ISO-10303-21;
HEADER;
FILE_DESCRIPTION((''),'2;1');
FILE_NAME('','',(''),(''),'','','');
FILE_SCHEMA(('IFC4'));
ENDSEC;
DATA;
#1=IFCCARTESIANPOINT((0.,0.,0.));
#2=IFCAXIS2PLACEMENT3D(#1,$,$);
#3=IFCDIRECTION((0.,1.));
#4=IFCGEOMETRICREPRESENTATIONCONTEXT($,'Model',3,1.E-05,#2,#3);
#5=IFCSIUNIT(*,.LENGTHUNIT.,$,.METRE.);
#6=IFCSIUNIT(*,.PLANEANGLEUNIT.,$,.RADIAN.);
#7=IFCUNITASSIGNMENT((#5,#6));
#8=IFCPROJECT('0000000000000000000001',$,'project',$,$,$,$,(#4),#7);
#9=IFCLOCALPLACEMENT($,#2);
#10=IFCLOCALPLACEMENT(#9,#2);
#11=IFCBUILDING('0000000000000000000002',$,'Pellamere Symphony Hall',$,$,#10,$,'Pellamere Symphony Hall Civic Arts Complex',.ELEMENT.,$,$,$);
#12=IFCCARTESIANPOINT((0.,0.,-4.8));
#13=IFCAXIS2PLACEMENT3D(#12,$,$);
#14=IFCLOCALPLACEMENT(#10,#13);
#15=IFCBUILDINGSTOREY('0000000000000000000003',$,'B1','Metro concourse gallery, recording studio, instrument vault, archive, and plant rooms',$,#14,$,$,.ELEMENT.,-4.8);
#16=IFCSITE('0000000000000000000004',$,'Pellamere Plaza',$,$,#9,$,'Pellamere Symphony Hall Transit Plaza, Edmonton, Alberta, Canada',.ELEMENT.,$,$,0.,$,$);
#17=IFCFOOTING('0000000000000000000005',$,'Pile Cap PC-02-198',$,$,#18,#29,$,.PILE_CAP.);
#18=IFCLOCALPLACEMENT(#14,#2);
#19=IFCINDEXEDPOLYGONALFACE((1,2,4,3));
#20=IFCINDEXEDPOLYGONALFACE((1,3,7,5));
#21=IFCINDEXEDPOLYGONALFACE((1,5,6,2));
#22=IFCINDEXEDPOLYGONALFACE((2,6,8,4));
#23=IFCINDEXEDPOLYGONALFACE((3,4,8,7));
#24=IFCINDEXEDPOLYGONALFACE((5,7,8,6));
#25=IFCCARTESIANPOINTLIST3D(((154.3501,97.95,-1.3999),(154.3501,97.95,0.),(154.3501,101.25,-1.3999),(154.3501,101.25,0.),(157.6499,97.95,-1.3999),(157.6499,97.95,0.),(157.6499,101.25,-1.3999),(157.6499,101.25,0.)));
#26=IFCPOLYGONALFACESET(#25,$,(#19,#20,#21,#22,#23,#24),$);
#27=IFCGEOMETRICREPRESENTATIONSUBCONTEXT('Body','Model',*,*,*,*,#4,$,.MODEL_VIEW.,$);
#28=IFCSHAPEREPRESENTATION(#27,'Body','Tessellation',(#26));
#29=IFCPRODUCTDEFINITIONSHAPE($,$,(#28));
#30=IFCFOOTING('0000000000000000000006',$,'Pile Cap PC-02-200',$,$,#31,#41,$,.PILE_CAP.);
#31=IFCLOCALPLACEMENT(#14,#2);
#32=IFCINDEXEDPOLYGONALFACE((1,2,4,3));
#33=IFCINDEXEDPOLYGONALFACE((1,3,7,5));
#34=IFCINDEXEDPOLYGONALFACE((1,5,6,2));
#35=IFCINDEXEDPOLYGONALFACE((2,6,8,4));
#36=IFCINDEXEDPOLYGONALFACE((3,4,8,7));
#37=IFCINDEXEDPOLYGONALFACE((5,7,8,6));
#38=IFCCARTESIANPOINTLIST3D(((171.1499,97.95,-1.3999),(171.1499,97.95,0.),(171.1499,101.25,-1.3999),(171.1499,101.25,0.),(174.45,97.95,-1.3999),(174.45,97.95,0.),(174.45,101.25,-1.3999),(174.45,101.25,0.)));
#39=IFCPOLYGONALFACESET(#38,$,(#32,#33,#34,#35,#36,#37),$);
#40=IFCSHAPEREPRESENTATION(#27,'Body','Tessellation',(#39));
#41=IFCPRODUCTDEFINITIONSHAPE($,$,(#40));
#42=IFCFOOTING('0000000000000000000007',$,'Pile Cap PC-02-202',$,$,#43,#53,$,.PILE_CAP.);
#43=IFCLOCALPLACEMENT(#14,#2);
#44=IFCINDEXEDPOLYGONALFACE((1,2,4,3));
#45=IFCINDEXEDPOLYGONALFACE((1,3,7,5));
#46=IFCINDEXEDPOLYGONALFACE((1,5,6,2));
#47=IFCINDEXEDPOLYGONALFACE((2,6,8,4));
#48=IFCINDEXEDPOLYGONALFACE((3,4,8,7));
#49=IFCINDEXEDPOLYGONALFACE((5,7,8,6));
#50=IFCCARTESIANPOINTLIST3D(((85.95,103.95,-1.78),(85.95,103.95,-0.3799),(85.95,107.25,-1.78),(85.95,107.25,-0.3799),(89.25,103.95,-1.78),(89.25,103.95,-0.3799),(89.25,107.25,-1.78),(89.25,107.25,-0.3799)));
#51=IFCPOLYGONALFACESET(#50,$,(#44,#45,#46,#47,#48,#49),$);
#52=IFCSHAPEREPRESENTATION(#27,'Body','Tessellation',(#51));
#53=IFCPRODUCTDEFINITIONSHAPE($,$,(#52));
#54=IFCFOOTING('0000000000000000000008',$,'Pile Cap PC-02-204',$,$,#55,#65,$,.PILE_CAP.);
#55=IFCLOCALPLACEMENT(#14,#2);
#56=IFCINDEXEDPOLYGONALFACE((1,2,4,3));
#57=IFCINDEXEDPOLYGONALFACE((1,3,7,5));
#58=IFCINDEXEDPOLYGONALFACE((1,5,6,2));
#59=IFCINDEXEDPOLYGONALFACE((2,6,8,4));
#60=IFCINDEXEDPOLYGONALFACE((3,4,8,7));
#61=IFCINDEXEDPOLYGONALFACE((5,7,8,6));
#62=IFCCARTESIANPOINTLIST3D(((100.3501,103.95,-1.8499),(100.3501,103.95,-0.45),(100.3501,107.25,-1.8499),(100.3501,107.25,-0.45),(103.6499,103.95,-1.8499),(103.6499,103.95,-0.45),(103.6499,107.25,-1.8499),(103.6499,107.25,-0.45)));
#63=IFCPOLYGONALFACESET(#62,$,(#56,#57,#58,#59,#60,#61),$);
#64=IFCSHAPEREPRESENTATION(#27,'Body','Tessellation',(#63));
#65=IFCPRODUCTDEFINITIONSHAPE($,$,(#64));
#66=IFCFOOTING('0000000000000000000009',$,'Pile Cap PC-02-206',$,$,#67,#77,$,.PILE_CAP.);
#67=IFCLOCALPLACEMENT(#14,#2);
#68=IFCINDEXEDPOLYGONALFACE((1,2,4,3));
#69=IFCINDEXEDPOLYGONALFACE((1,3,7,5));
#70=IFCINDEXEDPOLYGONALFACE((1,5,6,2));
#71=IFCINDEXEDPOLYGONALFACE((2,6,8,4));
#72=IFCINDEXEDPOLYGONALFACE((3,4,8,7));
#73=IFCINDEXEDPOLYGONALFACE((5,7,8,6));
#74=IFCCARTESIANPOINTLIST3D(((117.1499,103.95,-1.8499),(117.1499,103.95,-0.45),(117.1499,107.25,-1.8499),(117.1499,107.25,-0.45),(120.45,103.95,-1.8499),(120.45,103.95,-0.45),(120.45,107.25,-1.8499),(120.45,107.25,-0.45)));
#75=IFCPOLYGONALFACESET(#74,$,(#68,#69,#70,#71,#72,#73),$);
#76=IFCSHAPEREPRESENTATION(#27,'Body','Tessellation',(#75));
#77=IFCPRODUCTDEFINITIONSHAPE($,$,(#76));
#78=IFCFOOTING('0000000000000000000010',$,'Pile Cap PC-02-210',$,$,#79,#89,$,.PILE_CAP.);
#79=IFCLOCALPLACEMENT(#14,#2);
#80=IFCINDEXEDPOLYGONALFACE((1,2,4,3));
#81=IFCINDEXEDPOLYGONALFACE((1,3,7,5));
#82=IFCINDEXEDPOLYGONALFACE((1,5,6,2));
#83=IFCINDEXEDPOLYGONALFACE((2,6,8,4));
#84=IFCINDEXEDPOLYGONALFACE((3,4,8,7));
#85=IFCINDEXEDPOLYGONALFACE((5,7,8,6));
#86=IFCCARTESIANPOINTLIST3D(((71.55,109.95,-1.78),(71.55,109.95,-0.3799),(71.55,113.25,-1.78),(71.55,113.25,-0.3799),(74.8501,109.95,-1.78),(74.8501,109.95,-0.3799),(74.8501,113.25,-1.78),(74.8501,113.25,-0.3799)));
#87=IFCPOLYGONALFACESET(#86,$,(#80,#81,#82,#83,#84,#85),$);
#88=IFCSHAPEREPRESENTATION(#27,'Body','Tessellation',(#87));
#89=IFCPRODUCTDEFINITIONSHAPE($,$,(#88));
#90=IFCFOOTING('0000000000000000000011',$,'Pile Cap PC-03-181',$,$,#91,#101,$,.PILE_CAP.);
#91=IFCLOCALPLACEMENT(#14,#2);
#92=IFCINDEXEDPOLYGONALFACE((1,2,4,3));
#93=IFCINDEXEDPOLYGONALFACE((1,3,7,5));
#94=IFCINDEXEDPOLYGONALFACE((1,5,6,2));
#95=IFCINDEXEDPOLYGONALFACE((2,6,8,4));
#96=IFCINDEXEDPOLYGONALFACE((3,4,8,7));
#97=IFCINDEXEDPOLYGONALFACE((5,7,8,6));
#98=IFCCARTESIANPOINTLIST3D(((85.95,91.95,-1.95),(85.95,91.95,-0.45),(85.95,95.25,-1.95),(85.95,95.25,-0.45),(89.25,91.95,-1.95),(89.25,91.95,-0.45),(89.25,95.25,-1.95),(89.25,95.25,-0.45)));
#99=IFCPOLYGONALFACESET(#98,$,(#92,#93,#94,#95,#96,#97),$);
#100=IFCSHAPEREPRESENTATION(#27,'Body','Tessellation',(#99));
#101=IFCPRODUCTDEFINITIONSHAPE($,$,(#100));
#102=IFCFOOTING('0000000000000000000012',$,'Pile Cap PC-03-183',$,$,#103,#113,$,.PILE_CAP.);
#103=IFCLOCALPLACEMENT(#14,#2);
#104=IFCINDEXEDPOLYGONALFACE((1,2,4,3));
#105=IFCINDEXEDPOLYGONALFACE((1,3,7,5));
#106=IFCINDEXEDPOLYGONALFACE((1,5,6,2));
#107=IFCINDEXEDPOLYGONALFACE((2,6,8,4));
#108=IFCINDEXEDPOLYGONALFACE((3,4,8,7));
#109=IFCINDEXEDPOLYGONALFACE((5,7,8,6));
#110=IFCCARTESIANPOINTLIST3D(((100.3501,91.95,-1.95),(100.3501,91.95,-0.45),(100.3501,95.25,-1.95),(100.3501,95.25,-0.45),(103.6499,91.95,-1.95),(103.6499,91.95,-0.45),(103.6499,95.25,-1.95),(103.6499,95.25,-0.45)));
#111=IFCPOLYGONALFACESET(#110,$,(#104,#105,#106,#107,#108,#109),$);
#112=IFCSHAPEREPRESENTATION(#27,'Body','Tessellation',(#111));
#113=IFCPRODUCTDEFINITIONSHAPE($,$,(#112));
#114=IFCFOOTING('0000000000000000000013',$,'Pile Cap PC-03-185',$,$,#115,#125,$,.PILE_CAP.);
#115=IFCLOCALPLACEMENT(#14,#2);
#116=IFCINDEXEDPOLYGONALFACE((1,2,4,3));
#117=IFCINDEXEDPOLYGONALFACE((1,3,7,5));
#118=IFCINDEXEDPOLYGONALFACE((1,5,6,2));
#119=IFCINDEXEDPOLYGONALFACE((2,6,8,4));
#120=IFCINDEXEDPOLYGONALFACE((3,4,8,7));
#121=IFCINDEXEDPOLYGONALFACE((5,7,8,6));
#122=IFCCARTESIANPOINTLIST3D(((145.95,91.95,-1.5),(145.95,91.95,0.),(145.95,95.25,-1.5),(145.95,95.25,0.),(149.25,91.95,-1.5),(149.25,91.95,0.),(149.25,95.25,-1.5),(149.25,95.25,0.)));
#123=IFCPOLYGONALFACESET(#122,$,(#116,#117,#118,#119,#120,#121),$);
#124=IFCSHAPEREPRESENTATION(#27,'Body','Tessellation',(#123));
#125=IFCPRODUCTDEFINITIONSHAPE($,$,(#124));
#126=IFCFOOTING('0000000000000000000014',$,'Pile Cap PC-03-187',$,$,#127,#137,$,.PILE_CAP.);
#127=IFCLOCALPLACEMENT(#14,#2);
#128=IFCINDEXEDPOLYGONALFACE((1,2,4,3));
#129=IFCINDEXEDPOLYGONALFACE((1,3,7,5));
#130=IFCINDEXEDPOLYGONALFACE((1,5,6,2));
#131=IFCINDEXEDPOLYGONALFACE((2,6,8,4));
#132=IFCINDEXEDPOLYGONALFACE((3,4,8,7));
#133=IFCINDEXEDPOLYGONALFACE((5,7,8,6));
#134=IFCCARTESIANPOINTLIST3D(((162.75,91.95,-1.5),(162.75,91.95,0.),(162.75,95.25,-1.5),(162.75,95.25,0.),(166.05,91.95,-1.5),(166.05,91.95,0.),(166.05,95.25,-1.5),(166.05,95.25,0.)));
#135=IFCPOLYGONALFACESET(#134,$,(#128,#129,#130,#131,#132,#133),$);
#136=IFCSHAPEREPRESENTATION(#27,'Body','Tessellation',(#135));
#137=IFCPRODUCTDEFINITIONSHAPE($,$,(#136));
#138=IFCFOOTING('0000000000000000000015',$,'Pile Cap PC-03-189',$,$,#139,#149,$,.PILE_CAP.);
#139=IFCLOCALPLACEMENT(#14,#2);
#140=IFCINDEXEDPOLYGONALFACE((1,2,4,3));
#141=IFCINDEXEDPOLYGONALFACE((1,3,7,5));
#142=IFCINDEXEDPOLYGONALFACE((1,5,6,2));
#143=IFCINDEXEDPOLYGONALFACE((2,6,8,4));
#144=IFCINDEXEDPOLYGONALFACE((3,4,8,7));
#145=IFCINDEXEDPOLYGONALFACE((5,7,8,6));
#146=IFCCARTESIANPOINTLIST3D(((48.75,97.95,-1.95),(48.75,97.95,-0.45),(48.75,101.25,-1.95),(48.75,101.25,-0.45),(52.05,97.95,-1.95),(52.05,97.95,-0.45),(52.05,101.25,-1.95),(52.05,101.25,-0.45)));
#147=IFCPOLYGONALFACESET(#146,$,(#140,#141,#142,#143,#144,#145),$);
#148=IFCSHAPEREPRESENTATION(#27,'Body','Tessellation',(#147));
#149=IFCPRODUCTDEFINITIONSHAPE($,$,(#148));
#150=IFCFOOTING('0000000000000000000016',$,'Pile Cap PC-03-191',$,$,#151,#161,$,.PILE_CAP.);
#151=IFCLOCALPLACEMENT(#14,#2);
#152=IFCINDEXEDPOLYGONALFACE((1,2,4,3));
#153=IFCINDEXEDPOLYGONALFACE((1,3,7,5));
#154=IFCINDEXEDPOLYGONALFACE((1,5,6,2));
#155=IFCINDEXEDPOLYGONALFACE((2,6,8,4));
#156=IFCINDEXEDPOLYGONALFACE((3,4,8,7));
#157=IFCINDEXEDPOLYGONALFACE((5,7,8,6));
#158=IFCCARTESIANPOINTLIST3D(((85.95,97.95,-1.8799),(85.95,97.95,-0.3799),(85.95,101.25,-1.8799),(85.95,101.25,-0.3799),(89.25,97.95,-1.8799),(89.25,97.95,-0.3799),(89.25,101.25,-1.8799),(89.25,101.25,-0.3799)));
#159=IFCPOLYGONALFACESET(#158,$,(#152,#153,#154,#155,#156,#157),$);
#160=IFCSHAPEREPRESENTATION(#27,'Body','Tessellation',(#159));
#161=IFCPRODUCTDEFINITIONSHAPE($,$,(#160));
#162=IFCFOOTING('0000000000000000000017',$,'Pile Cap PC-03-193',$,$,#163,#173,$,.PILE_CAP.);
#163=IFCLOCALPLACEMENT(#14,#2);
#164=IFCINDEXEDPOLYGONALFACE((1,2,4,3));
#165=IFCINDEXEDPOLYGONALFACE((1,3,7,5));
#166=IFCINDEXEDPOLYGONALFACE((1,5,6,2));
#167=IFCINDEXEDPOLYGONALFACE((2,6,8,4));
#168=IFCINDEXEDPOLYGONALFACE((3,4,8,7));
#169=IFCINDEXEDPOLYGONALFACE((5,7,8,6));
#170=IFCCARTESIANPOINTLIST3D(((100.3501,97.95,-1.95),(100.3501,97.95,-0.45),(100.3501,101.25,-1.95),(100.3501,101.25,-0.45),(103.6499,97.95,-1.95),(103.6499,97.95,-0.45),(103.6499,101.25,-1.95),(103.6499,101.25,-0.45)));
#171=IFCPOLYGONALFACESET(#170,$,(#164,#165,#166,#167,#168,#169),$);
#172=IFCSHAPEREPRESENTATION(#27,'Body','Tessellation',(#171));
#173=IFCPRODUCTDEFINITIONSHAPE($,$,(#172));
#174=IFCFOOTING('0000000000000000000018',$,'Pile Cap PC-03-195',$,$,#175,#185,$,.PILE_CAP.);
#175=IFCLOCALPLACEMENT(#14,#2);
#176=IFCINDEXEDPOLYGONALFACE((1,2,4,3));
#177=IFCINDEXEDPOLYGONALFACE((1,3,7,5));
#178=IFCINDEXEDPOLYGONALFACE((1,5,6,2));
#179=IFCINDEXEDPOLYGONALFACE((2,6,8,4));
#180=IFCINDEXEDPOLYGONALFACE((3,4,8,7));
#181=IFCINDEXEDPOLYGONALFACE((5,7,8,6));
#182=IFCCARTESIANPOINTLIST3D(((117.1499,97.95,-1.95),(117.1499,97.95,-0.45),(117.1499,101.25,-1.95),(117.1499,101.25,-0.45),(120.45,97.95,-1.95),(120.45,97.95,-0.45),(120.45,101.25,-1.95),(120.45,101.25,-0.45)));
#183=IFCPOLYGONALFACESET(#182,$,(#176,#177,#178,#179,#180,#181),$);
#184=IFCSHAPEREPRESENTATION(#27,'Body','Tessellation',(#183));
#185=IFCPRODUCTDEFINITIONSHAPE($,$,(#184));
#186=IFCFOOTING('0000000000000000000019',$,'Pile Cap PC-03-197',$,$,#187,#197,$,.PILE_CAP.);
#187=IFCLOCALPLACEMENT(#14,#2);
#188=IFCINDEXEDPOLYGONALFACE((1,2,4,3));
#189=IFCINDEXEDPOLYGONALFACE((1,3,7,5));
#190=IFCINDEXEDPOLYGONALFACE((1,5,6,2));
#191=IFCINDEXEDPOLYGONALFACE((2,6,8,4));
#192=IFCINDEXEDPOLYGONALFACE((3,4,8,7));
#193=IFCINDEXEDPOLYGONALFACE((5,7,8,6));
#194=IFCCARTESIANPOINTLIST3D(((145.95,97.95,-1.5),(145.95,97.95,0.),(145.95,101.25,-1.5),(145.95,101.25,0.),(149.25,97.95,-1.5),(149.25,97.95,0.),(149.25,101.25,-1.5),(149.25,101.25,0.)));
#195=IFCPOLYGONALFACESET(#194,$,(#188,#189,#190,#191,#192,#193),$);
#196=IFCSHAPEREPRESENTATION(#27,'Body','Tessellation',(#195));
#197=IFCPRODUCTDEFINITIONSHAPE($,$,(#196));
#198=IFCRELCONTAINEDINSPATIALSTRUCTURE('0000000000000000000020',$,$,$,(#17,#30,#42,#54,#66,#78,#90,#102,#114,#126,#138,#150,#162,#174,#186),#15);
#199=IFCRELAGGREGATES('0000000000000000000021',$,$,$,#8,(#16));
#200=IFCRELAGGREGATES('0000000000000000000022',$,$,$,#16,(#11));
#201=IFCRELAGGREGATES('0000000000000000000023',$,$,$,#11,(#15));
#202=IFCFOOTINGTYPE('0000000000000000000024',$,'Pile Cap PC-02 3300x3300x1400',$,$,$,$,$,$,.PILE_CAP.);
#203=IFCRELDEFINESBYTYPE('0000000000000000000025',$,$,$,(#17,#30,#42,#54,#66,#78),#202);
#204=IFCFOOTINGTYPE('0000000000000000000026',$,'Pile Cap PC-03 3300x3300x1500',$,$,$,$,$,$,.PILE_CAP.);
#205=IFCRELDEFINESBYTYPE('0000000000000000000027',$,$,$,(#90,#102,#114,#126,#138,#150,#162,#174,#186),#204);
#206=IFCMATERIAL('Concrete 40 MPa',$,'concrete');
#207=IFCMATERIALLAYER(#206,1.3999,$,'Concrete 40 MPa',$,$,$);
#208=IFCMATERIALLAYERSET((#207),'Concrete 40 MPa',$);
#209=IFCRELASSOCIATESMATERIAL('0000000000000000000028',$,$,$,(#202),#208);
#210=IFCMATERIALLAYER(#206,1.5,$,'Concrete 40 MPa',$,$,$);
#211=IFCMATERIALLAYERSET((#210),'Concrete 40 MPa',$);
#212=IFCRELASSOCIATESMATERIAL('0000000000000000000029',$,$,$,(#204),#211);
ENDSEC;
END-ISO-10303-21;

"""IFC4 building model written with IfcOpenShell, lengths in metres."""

from ifc_helpers import new_model, si_unit, direction, frame, origin, place, context, subcontext, project, spatial, polyline, outline, extrude, material, layer, layer_set, type_object, element, save


model = new_model("IFC4")

# Units and contexts
model_context = context("Model", 3, precision=1e-05, world=origin(), true_north=direction((0.0, 1.0)))
body_context = subcontext(model_context, "Body", "Model", "MODEL_VIEW")
ifc_project = project(units=[si_unit("LENGTHUNIT", "METRE"), si_unit("PLANEANGLEUNIT", "RADIAN")], contexts=[model_context])

# Site, building, storey
site_placement = place(None, origin())
site = spatial("IfcSite", under=ifc_project, at=site_placement, Name="Pellamere Plaza", LongName="Pellamere Symphony Hall Transit Plaza, Edmonton, Alberta, Canada", CompositionType="ELEMENT", RefElevation=0.0)
building_placement = place(site_placement, origin())
building = spatial("IfcBuilding", under=site, at=building_placement, Name="Pellamere Symphony Hall", LongName="Pellamere Symphony Hall Civic Arts Complex", CompositionType="ELEMENT")
storey_placement = place(building_placement, frame((0.0, 0.0, -4.8)))
storey = spatial("IfcBuildingStorey", under=building, at=storey_placement, Name="B1", Description="Metro concourse gallery, recording studio, instrument vault, archive, and plant rooms", CompositionType="ELEMENT", Elevation=-4.8)

# Footings
ifc_material_1 = material(Name="Concrete 40 MPa", Category="concrete")
ifc_layer_1 = layer(ifc_material_1, 1.3999, Name="Concrete 40 MPa")
ifc_layer_set_1 = layer_set([ifc_layer_1], Name="Concrete 40 MPa")
footing_type_1 = type_object("IfcFootingType", Name="Pile Cap PC-02 3300x3300x1400", PredefinedType="PILE_CAP", material=ifc_layer_set_1)
footing_1_placement = place(storey_placement, frame((0.0, 0.0, -1.3999)))
element("IfcFooting", 1, at=footing_1_placement, inside=storey, type_object=footing_type_1, Name="Pile Cap PC-02-198", PredefinedType="PILE_CAP", context=body_context, shape_type="SweptSolid", body=[
    extrude(outline(polyline([(154.3501, 97.95), (154.3501, 101.25), (157.6499, 101.25), (157.6499, 97.95), (154.3501, 97.95)])), origin(), (0.0, 0.0, 1.0), 1.3999),
])
footing_2_placement = place(storey_placement, frame((0.0, 0.0, -1.3999)))
element("IfcFooting", 2, at=footing_2_placement, inside=storey, type_object=footing_type_1, Name="Pile Cap PC-02-200", PredefinedType="PILE_CAP", context=body_context, shape_type="SweptSolid", body=[
    extrude(outline(polyline([(171.1499, 97.95), (171.1499, 101.25), (174.45, 101.25), (174.45, 97.95), (171.1499, 97.95)])), origin(), (0.0, 0.0, 1.0), 1.3999),
])
footing_3_placement = place(storey_placement, frame((0.0, 0.0, -1.78)))
element("IfcFooting", 3, at=footing_3_placement, inside=storey, type_object=footing_type_1, Name="Pile Cap PC-02-202", PredefinedType="PILE_CAP", context=body_context, shape_type="SweptSolid", body=[
    extrude(outline(polyline([(89.25, 103.95), (85.95, 103.95), (85.95, 107.25), (89.25, 107.25), (89.25, 103.95)])), origin(), (0.0, 0.0, 1.0), 1.4001),
])
footing_4_placement = place(storey_placement, frame((0.0, 0.0, -1.8499)))
element("IfcFooting", 4, at=footing_4_placement, inside=storey, type_object=footing_type_1, Name="Pile Cap PC-02-204", PredefinedType="PILE_CAP", context=body_context, shape_type="SweptSolid", body=[
    extrude(outline(polyline([(100.3501, 103.95), (100.3501, 107.25), (103.6499, 107.25), (103.6499, 103.95), (100.3501, 103.95)])), origin(), (0.0, 0.0, 1.0), 1.3999),
])
footing_5_placement = place(storey_placement, frame((0.0, 0.0, -1.8499)))
element("IfcFooting", 5, at=footing_5_placement, inside=storey, type_object=footing_type_1, Name="Pile Cap PC-02-206", PredefinedType="PILE_CAP", context=body_context, shape_type="SweptSolid", body=[
    extrude(outline(polyline([(120.45, 103.95), (117.1499, 103.95), (117.1499, 107.25), (120.45, 107.25), (120.45, 103.95)])), origin(), (0.0, 0.0, 1.0), 1.3999),
])
footing_6_placement = place(storey_placement, frame((0.0, 0.0, -1.78)))
element("IfcFooting", 6, at=footing_6_placement, inside=storey, type_object=footing_type_1, Name="Pile Cap PC-02-210", PredefinedType="PILE_CAP", context=body_context, shape_type="SweptSolid", body=[
    extrude(outline(polyline([(71.55, 109.95), (71.55, 113.25), (74.8501, 113.25), (74.8501, 109.95), (71.55, 109.95)])), origin(), (0.0, 0.0, 1.0), 1.4001),
])
ifc_layer_2 = layer(ifc_material_1, 1.5, Name="Concrete 40 MPa")
ifc_layer_set_2 = layer_set([ifc_layer_2], Name="Concrete 40 MPa")
footing_type_2 = type_object("IfcFootingType", Name="Pile Cap PC-03 3300x3300x1500", PredefinedType="PILE_CAP", material=ifc_layer_set_2)
footing_7_placement = place(storey_placement, frame((0.0, 0.0, -1.95)))
element("IfcFooting", 7, at=footing_7_placement, inside=storey, type_object=footing_type_2, Name="Pile Cap PC-03-181", PredefinedType="PILE_CAP", context=body_context, shape_type="SweptSolid", body=[
    extrude(outline(polyline([(85.95, 91.95), (85.95, 95.25), (89.25, 95.25), (89.25, 91.95), (85.95, 91.95)])), origin(), (0.0, 0.0, 1.0), 1.5),
])
footing_8_placement = place(storey_placement, frame((0.0, 0.0, -1.95)))
element("IfcFooting", 8, at=footing_8_placement, inside=storey, type_object=footing_type_2, Name="Pile Cap PC-03-183", PredefinedType="PILE_CAP", context=body_context, shape_type="SweptSolid", body=[
    extrude(outline(polyline([(100.3501, 91.95), (100.3501, 95.25), (103.6499, 95.25), (103.6499, 91.95), (100.3501, 91.95)])), origin(), (0.0, 0.0, 1.0), 1.5),
])
footing_9_placement = place(storey_placement, frame((0.0, 0.0, -1.5)))
element("IfcFooting", 9, at=footing_9_placement, inside=storey, type_object=footing_type_2, Name="Pile Cap PC-03-185", PredefinedType="PILE_CAP", context=body_context, shape_type="SweptSolid", body=[
    extrude(outline(polyline([(145.95, 91.95), (145.95, 95.25), (149.25, 95.25), (149.25, 91.95), (145.95, 91.95)])), origin(), (0.0, 0.0, 1.0), 1.5),
])
footing_10_placement = place(storey_placement, frame((0.0, 0.0, -1.5)))
element("IfcFooting", 10, at=footing_10_placement, inside=storey, type_object=footing_type_2, Name="Pile Cap PC-03-187", PredefinedType="PILE_CAP", context=body_context, shape_type="SweptSolid", body=[
    extrude(outline(polyline([(166.05, 91.95), (162.75, 91.95), (162.75, 95.25), (166.05, 95.25), (166.05, 91.95)])), origin(), (0.0, 0.0, 1.0), 1.5),
])
footing_11_placement = place(storey_placement, frame((0.0, 0.0, -1.95)))
element("IfcFooting", 11, at=footing_11_placement, inside=storey, type_object=footing_type_2, Name="Pile Cap PC-03-189", PredefinedType="PILE_CAP", context=body_context, shape_type="SweptSolid", body=[
    extrude(outline(polyline([(48.75, 97.95), (48.75, 101.25), (52.05, 101.25), (52.05, 97.95), (48.75, 97.95)])), origin(), (0.0, 0.0, 1.0), 1.5),
])
footing_12_placement = place(storey_placement, frame((0.0, 0.0, -1.8799)))
element("IfcFooting", 12, at=footing_12_placement, inside=storey, type_object=footing_type_2, Name="Pile Cap PC-03-191", PredefinedType="PILE_CAP", context=body_context, shape_type="SweptSolid", body=[
    extrude(outline(polyline([(89.25, 97.95), (85.95, 97.95), (85.95, 101.25), (89.25, 101.25), (89.25, 97.95)])), origin(), (0.0, 0.0, 1.0), 1.5),
])
footing_13_placement = place(storey_placement, frame((0.0, 0.0, -1.95)))
element("IfcFooting", 13, at=footing_13_placement, inside=storey, type_object=footing_type_2, Name="Pile Cap PC-03-193", PredefinedType="PILE_CAP", context=body_context, shape_type="SweptSolid", body=[
    extrude(outline(polyline([(103.6499, 97.95), (100.3501, 97.95), (100.3501, 101.25), (103.6499, 101.25), (103.6499, 97.95)])), origin(), (0.0, 0.0, 1.0), 1.5),
])
footing_14_placement = place(storey_placement, frame((0.0, 0.0, -1.95)))
element("IfcFooting", 14, at=footing_14_placement, inside=storey, type_object=footing_type_2, Name="Pile Cap PC-03-195", PredefinedType="PILE_CAP", context=body_context, shape_type="SweptSolid", body=[
    extrude(outline(polyline([(117.1499, 97.95), (117.1499, 101.25), (120.45, 101.25), (120.45, 97.95), (117.1499, 97.95)])), origin(), (0.0, 0.0, 1.0), 1.5),
])
footing_15_placement = place(storey_placement, frame((0.0, 0.0, -1.5)))
element("IfcFooting", 15, at=footing_15_placement, inside=storey, type_object=footing_type_2, Name="Pile Cap PC-03-197", PredefinedType="PILE_CAP", context=body_context, shape_type="SweptSolid", body=[
    extrude(outline(polyline([(149.25, 97.95), (145.95, 97.95), (145.95, 101.25), (149.25, 101.25), (149.25, 97.95)])), origin(), (0.0, 0.0, 1.0), 1.5),
])

save(model, "model.ifc")
